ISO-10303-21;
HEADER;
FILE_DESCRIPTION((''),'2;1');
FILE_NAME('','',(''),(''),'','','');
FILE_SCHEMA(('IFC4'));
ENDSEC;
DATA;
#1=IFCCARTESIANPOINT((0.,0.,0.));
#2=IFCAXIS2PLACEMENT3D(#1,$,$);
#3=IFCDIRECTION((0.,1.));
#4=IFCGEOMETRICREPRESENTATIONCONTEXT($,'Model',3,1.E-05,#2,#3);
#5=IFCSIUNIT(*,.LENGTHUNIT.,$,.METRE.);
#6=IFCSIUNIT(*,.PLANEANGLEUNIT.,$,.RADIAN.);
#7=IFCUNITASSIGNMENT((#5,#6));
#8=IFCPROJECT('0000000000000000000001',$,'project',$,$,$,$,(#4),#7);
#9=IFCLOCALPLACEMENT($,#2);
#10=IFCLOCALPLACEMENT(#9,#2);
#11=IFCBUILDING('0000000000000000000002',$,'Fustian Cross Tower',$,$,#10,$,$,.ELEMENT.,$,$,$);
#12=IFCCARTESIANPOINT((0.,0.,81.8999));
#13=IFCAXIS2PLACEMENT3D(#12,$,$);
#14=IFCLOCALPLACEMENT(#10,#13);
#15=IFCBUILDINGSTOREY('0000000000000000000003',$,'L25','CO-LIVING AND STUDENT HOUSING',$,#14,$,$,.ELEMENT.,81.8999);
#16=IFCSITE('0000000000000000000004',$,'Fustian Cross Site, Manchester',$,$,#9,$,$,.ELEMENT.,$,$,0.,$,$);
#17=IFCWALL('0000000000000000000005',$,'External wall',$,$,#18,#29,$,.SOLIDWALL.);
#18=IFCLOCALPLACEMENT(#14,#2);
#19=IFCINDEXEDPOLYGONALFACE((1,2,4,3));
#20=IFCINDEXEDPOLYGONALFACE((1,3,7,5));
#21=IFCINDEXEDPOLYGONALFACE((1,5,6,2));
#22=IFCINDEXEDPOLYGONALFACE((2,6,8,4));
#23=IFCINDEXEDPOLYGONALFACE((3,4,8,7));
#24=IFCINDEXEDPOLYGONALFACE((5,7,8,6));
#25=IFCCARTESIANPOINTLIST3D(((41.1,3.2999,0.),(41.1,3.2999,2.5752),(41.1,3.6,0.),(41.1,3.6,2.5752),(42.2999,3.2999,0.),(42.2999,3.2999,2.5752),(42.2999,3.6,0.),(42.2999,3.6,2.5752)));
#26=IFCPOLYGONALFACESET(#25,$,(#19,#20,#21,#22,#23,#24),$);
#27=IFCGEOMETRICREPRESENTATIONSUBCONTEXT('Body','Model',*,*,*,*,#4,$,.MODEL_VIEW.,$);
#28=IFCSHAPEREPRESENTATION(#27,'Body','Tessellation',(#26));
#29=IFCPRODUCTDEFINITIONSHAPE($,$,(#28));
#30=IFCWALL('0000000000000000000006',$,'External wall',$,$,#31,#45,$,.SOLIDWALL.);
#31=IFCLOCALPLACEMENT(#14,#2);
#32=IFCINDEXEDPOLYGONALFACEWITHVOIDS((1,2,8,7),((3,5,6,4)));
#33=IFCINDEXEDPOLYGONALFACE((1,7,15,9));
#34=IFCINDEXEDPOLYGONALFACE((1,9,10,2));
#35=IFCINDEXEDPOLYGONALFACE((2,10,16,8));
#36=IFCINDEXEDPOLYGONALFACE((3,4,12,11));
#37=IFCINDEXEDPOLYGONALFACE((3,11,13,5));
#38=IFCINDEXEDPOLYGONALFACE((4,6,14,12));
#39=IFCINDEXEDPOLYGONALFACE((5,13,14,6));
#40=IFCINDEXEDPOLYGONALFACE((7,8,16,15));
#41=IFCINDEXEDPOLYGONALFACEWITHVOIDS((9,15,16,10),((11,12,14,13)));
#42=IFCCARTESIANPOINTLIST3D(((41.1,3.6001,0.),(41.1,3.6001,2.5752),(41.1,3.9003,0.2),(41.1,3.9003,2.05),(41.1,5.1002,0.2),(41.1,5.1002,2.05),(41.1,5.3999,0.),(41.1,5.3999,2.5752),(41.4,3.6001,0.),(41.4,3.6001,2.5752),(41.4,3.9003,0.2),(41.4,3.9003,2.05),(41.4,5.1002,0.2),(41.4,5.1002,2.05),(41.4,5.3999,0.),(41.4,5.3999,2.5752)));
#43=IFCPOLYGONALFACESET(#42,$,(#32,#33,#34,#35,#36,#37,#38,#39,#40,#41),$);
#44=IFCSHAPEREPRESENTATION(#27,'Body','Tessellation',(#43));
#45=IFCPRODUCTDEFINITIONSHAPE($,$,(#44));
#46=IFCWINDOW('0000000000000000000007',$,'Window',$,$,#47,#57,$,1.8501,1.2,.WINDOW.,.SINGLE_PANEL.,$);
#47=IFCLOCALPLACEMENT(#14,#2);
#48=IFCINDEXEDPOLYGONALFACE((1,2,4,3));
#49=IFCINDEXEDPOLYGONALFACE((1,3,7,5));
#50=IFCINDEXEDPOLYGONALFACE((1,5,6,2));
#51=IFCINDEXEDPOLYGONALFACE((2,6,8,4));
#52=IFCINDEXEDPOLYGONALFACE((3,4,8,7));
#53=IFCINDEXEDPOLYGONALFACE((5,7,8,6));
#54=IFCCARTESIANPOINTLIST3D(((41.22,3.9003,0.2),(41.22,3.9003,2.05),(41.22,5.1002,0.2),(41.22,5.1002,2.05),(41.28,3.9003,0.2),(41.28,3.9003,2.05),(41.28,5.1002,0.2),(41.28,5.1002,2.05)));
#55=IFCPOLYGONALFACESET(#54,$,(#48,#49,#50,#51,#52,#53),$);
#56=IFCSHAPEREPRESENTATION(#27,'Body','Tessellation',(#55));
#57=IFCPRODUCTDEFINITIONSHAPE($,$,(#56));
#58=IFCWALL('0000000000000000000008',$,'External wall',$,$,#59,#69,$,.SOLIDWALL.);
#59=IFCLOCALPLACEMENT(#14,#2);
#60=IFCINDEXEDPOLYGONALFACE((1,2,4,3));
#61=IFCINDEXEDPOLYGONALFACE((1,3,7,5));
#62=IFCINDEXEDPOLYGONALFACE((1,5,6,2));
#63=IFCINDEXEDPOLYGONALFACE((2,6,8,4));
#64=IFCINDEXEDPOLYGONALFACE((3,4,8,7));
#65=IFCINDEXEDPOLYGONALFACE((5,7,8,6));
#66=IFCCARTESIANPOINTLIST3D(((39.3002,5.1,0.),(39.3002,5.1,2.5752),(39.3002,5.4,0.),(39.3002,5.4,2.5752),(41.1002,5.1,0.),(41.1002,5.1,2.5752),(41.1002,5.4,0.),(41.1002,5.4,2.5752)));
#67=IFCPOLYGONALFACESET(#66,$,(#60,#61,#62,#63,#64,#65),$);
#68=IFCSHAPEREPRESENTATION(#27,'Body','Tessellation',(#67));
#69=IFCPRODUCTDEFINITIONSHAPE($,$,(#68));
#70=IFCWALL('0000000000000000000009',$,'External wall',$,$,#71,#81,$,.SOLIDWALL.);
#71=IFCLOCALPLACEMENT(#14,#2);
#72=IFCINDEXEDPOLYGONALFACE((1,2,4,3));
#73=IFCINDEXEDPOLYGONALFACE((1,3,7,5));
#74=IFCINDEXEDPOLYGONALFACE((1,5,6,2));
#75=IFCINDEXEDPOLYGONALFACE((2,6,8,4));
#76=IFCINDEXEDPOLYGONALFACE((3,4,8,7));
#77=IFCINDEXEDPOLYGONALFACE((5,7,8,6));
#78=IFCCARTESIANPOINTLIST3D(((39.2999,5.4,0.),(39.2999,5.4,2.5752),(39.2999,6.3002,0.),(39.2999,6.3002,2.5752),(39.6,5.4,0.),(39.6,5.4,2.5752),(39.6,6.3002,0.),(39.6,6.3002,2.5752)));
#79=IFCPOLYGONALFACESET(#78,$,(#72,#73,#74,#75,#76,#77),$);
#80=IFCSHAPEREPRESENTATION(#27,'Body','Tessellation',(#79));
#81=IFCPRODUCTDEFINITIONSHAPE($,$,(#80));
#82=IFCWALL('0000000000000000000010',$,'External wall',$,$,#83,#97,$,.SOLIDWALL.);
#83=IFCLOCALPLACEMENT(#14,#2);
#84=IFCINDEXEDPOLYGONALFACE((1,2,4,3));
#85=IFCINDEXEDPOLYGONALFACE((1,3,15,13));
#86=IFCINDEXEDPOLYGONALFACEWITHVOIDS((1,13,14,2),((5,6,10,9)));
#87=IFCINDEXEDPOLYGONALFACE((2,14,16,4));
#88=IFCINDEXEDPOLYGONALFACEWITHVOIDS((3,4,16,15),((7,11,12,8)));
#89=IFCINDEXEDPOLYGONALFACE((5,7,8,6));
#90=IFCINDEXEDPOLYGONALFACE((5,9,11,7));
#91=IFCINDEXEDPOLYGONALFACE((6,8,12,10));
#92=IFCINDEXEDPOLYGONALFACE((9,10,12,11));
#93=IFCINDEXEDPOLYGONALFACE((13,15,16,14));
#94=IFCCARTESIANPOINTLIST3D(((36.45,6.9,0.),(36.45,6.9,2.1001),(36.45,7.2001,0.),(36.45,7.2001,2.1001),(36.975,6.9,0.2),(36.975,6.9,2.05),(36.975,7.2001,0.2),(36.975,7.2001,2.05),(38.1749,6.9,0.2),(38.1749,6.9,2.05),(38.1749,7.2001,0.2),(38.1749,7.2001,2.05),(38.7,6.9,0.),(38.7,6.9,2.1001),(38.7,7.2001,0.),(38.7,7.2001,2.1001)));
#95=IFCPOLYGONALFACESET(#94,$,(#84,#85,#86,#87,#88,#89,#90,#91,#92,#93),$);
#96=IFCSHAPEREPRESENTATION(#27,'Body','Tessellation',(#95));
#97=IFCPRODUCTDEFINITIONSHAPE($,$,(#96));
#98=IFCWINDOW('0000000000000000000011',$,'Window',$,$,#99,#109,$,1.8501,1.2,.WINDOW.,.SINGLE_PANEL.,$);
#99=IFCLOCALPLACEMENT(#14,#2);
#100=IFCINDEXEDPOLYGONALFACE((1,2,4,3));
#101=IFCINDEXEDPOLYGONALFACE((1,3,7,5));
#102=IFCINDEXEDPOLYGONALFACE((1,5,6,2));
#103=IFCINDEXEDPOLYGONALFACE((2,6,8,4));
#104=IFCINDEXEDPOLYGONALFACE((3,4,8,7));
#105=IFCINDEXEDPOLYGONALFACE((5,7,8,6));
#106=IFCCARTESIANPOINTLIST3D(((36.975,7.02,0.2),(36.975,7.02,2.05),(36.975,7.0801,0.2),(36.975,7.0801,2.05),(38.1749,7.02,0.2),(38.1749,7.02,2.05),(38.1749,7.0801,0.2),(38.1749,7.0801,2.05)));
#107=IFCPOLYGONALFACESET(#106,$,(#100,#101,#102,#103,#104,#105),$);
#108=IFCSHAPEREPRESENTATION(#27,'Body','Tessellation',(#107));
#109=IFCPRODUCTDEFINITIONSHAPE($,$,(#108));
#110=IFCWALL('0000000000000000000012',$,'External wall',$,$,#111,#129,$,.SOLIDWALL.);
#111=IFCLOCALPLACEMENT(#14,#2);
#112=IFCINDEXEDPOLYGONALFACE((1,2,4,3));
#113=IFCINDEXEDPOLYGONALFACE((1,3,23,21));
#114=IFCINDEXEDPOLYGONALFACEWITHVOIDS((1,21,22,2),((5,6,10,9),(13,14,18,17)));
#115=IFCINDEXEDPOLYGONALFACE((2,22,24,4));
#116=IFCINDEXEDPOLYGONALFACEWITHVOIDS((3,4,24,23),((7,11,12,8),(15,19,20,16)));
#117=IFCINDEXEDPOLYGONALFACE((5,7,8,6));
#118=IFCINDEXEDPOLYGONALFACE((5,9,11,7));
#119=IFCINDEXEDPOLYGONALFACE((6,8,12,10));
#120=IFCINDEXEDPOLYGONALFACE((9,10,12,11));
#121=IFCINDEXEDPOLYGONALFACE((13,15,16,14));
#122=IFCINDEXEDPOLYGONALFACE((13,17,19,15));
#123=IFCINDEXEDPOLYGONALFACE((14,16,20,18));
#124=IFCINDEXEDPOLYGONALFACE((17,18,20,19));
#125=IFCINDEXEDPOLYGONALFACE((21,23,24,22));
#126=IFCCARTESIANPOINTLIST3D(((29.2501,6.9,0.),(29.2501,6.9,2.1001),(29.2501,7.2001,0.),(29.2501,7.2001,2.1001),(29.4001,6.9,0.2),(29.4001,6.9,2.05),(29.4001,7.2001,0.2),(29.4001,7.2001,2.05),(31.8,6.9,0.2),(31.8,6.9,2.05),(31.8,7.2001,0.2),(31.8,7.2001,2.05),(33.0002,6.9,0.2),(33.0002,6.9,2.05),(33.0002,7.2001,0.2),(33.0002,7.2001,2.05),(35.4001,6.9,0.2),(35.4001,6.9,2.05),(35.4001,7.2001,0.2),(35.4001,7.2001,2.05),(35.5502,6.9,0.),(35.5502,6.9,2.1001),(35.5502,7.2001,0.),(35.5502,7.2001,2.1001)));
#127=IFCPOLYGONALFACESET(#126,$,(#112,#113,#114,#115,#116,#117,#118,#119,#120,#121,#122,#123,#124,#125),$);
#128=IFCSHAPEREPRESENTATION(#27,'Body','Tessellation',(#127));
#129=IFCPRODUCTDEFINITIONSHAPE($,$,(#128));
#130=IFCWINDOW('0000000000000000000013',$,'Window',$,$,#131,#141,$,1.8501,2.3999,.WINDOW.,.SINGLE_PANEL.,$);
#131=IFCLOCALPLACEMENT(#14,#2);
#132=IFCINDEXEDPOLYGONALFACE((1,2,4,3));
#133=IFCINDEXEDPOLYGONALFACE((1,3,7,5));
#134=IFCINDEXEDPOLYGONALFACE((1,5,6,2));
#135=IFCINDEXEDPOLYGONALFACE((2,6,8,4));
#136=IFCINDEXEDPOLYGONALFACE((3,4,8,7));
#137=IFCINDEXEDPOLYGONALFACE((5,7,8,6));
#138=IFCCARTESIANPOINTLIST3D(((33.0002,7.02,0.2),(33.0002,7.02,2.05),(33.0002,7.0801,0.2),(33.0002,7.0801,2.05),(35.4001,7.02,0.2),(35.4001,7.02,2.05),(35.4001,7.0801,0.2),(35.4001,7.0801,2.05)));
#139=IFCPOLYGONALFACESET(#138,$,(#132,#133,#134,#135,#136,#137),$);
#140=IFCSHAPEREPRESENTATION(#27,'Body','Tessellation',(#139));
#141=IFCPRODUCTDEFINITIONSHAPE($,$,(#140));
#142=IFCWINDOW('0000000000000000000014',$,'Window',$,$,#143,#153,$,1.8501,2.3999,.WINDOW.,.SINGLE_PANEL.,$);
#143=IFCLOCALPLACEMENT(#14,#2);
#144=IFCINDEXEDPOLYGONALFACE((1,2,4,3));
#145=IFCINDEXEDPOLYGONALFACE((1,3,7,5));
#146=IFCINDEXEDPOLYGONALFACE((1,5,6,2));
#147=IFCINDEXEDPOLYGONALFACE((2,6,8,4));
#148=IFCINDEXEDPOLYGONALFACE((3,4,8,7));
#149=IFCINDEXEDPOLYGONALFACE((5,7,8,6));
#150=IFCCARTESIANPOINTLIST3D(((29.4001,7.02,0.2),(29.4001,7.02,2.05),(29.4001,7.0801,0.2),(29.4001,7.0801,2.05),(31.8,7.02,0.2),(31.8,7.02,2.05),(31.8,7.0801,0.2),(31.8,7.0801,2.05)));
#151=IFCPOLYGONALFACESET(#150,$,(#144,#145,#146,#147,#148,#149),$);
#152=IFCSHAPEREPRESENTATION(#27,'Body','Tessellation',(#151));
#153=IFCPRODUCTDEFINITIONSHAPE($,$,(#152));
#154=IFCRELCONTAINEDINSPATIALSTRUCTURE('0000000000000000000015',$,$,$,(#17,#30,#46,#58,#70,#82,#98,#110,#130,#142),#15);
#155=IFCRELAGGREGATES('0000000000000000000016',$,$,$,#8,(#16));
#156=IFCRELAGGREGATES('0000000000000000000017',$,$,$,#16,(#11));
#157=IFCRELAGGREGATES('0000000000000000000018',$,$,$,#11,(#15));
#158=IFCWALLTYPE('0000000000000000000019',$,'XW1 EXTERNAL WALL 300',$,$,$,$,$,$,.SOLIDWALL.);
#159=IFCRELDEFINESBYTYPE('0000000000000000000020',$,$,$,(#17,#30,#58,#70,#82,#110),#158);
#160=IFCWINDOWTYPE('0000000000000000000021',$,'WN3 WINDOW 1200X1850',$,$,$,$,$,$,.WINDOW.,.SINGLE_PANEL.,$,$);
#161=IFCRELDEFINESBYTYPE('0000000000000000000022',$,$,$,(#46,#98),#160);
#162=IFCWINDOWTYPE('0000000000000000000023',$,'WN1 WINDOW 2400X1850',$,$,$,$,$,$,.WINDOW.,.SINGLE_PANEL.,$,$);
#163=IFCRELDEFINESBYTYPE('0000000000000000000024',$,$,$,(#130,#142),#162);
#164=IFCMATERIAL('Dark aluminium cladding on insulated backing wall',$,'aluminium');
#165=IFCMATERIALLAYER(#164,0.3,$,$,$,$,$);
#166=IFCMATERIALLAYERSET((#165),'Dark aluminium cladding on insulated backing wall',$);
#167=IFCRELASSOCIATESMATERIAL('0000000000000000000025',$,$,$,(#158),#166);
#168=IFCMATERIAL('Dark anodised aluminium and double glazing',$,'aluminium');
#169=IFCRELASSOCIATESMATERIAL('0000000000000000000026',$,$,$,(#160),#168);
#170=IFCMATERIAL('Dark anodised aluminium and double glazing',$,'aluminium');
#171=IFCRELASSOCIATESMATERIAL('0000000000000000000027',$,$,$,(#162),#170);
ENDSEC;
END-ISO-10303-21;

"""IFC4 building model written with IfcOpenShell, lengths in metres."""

from ifc_helpers import new_model, si_unit, direction, frame, frame_2d, origin, place, context, subcontext, project, spatial, rectangle, extrude, material, layer, layer_set, type_object, element, fill, save


model = new_model("IFC4")

# Units and contexts
model_context = context("Model", 3, precision=1e-05, world=origin(), true_north=direction((0.0, 1.0)))
body_context = subcontext(model_context, "Body", "Model", "MODEL_VIEW")
ifc_project = project(units=[si_unit("LENGTHUNIT", "METRE"), si_unit("PLANEANGLEUNIT", "RADIAN")], contexts=[model_context])

# Site, building, storey
site_placement = place(None, origin())
site = spatial("IfcSite", under=ifc_project, at=site_placement, Name="Fustian Cross Site, Manchester", CompositionType="ELEMENT", RefElevation=0.0)
building_placement = place(site_placement, origin())
building = spatial("IfcBuilding", under=site, at=building_placement, Name="Fustian Cross Tower", CompositionType="ELEMENT")
storey_placement = place(building_placement, frame((0.0, 0.0, 81.8999)))
storey = spatial("IfcBuildingStorey", under=building, at=storey_placement, Name="L25", Description="CO-LIVING AND STUDENT HOUSING", CompositionType="ELEMENT", Elevation=81.8999)

# Wall
ifc_material_1 = material(Name="Dark aluminium cladding on insulated backing wall", Category="aluminium")
ifc_layer_1 = layer(ifc_material_1, 0.3)
ifc_layer_set_1 = layer_set([ifc_layer_1], Name="Dark aluminium cladding on insulated backing wall")
wall_type_1 = type_object("IfcWallType", Name="XW1 EXTERNAL WALL 300", PredefinedType="SOLIDWALL", material=ifc_layer_set_1)
wall_1_placement = place(storey_placement, frame((42.3, 3.45, 0.0), z_axis=(0.0, 0.0, 1.0), x_axis=(-1.0, 0.0, 0.0)))
element("IfcWall", 1, at=wall_1_placement, inside=storey, type_object=wall_type_1, Name="External wall", PredefinedType="SOLIDWALL", context=body_context, shape_type="SweptSolid", body=[
    extrude(rectangle(XDim=1.2, YDim=0.3, at=frame_2d((0.6001, 0.0))), origin(), (0.0, 0.0, 1.0), 2.5752),
])

# Wall, opening, window
wall_2_placement = place(storey_placement, frame((41.25, 3.6001, 0.0), z_axis=(0.0, 0.0, 1.0), x_axis=(0.0, 1.0, 0.0)))
wall_2 = element("IfcWall", 2, at=wall_2_placement, inside=storey, type_object=wall_type_1, Name="External wall", PredefinedType="SOLIDWALL", context=body_context, shape_type="SweptSolid", body=[
    extrude(rectangle(XDim=1.7998, YDim=0.3, at=frame_2d((0.8999, 0.0))), origin(), (0.0, 0.0, 1.0), 2.5752),
])
opening_1_placement = place(wall_2_placement, frame((0.3, 0.0, 0.2)))
opening_1 = element("IfcOpeningElement", 3, at=opening_1_placement, cuts=wall_2, PredefinedType="OPENING", context=body_context, shape_type="SweptSolid", body=[
    extrude(rectangle(XDim=1.2, YDim=1.8501, at=frame_2d((0.6001, 0.925))), frame((0.0, 0.1599, 0.0), z_axis=(0.0, -1.0, 0.0), x_axis=(1.0, 0.0, 0.0)), (0.0, 0.0, 1.0), 0.3201),
])
ifc_material_2 = material(Name="Dark anodised aluminium and double glazing", Category="aluminium")
window_type_1 = type_object("IfcWindowType", Name="WN3 WINDOW 1200X1850", PartitioningType="SINGLE_PANEL", PredefinedType="WINDOW", material=ifc_material_2)
window_1_placement = place(opening_1_placement, origin())
window_1 = element("IfcWindow", 4, at=window_1_placement, inside=storey, type_object=window_type_1, Name="Window", OverallHeight=1.8501, OverallWidth=1.2, PartitioningType="SINGLE_PANEL", PredefinedType="WINDOW", context=body_context, shape_type="SweptSolid", body=[
    extrude(rectangle(XDim=1.2, YDim=1.8501, at=frame_2d((0.6001, 0.925))), frame((0.0, 0.03, 0.0), z_axis=(0.0, -1.0, 0.0), x_axis=(1.0, 0.0, 0.0)), (0.0, 0.0, 1.0), 0.0601),
])
fill(opening_1, window_1)

# Walls
wall_3_placement = place(storey_placement, frame((41.1001, 5.25, 0.0), z_axis=(0.0, 0.0, 1.0), x_axis=(-1.0, 0.0, 0.0)))
element("IfcWall", 5, at=wall_3_placement, inside=storey, type_object=wall_type_1, Name="External wall", PredefinedType="SOLIDWALL", context=body_context, shape_type="SweptSolid", body=[
    extrude(rectangle(XDim=1.8, YDim=0.3, at=frame_2d((0.8999, 0.0))), origin(), (0.0, 0.0, 1.0), 2.5752),
])
wall_4_placement = place(storey_placement, frame((39.45, 5.3999, 0.0), z_axis=(0.0, 0.0, 1.0), x_axis=(0.0, 1.0, 0.0)))
element("IfcWall", 6, at=wall_4_placement, inside=storey, type_object=wall_type_1, Name="External wall", PredefinedType="SOLIDWALL", context=body_context, shape_type="SweptSolid", body=[
    extrude(rectangle(XDim=0.9001, YDim=0.3, at=frame_2d((0.4502, 0.0))), origin(), (0.0, 0.0, 1.0), 2.5752),
])

# Wall, opening, window
wall_5_placement = place(storey_placement, frame((38.7, 7.05, 0.0), z_axis=(0.0, 0.0, 1.0), x_axis=(-1.0, 0.0, 0.0)))
wall_5 = element("IfcWall", 7, at=wall_5_placement, inside=storey, type_object=wall_type_1, Name="External wall", PredefinedType="SOLIDWALL", context=body_context, shape_type="SweptSolid", body=[
    extrude(rectangle(XDim=2.25, YDim=0.3, at=frame_2d((1.125, 0.0))), origin(), (0.0, 0.0, 1.0), 2.1001),
])
opening_2_placement = place(wall_5_placement, frame((0.5249, 0.0, 0.2)))
opening_2 = element("IfcOpeningElement", 8, at=opening_2_placement, cuts=wall_5, PredefinedType="OPENING", context=body_context, shape_type="SweptSolid", body=[
    extrude(rectangle(XDim=1.2, YDim=1.8501, at=frame_2d((0.6001, 0.925))), frame((0.0, 0.1599, 0.0), z_axis=(0.0, -1.0, 0.0), x_axis=(1.0, 0.0, 0.0)), (0.0, 0.0, 1.0), 0.3201),
])
window_2_placement = place(opening_2_placement, origin())
window_2 = element("IfcWindow", 9, at=window_2_placement, inside=storey, type_object=window_type_1, Name="Window", OverallHeight=1.8501, OverallWidth=1.2, PartitioningType="SINGLE_PANEL", PredefinedType="WINDOW", context=body_context, shape_type="SweptSolid", body=[
    extrude(rectangle(XDim=1.2, YDim=1.8501, at=frame_2d((0.6001, 0.925))), frame((0.0, 0.03, 0.0), z_axis=(0.0, -1.0, 0.0), x_axis=(1.0, 0.0, 0.0)), (0.0, 0.0, 1.0), 0.0601),
])
fill(opening_2, window_2)

# Wall, openings, windows
wall_6_placement = place(storey_placement, frame((35.55, 7.05, 0.0), z_axis=(0.0, 0.0, 1.0), x_axis=(-1.0, 0.0, 0.0)))
wall_6 = element("IfcWall", 10, at=wall_6_placement, inside=storey, type_object=wall_type_1, Name="External wall", PredefinedType="SOLIDWALL", context=body_context, shape_type="SweptSolid", body=[
    extrude(rectangle(XDim=6.3, YDim=0.3, at=frame_2d((3.1499, 0.0))), origin(), (0.0, 0.0, 1.0), 2.1001),
])
opening_3_placement = place(wall_6_placement, frame((0.1499, 0.0, 0.2)))
opening_3 = element("IfcOpeningElement", 11, at=opening_3_placement, cuts=wall_6, PredefinedType="OPENING", context=body_context, shape_type="SweptSolid", body=[
    extrude(rectangle(XDim=2.3999, YDim=1.8501, at=frame_2d((1.2, 0.925))), frame((0.0, 0.1599, 0.0), z_axis=(0.0, -1.0, 0.0), x_axis=(1.0, 0.0, 0.0)), (0.0, 0.0, 1.0), 0.3201),
])
opening_4_placement = place(wall_6_placement, frame((3.75, 0.0, 0.2)))
opening_4 = element("IfcOpeningElement", 12, at=opening_4_placement, cuts=wall_6, PredefinedType="OPENING", context=body_context, shape_type="SweptSolid", body=[
    extrude(rectangle(XDim=2.3999, YDim=1.8501, at=frame_2d((1.2, 0.925))), frame((0.0, 0.1599, 0.0), z_axis=(0.0, -1.0, 0.0), x_axis=(1.0, 0.0, 0.0)), (0.0, 0.0, 1.0), 0.3201),
])
ifc_material_3 = material(Name="Dark anodised aluminium and double glazing", Category="aluminium")
window_type_2 = type_object("IfcWindowType", Name="WN1 WINDOW 2400X1850", PartitioningType="SINGLE_PANEL", PredefinedType="WINDOW", material=ifc_material_3)
window_3_placement = place(opening_3_placement, origin())
window_3 = element("IfcWindow", 13, at=window_3_placement, inside=storey, type_object=window_type_2, Name="Window", OverallHeight=1.8501, OverallWidth=2.3999, PartitioningType="SINGLE_PANEL", PredefinedType="WINDOW", context=body_context, shape_type="SweptSolid", body=[
    extrude(rectangle(XDim=2.3999, YDim=1.8501, at=frame_2d((1.2, 0.925))), frame((0.0, 0.03, 0.0), z_axis=(0.0, -1.0, 0.0), x_axis=(1.0, 0.0, 0.0)), (0.0, 0.0, 1.0), 0.0601),
])
fill(opening_3, window_3)
window_4_placement = place(opening_4_placement, origin())
window_4 = element("IfcWindow", 14, at=window_4_placement, inside=storey, type_object=window_type_2, Name="Window", OverallHeight=1.8501, OverallWidth=2.3999, PartitioningType="SINGLE_PANEL", PredefinedType="WINDOW", context=body_context, shape_type="SweptSolid", body=[
    extrude(rectangle(XDim=2.3999, YDim=1.8501, at=frame_2d((1.2, 0.925))), frame((0.0, 0.03, 0.0), z_axis=(0.0, -1.0, 0.0), x_axis=(1.0, 0.0, 0.0)), (0.0, 0.0, 1.0), 0.0601),
])
fill(opening_4, window_4)

save(model, "model.ifc")
